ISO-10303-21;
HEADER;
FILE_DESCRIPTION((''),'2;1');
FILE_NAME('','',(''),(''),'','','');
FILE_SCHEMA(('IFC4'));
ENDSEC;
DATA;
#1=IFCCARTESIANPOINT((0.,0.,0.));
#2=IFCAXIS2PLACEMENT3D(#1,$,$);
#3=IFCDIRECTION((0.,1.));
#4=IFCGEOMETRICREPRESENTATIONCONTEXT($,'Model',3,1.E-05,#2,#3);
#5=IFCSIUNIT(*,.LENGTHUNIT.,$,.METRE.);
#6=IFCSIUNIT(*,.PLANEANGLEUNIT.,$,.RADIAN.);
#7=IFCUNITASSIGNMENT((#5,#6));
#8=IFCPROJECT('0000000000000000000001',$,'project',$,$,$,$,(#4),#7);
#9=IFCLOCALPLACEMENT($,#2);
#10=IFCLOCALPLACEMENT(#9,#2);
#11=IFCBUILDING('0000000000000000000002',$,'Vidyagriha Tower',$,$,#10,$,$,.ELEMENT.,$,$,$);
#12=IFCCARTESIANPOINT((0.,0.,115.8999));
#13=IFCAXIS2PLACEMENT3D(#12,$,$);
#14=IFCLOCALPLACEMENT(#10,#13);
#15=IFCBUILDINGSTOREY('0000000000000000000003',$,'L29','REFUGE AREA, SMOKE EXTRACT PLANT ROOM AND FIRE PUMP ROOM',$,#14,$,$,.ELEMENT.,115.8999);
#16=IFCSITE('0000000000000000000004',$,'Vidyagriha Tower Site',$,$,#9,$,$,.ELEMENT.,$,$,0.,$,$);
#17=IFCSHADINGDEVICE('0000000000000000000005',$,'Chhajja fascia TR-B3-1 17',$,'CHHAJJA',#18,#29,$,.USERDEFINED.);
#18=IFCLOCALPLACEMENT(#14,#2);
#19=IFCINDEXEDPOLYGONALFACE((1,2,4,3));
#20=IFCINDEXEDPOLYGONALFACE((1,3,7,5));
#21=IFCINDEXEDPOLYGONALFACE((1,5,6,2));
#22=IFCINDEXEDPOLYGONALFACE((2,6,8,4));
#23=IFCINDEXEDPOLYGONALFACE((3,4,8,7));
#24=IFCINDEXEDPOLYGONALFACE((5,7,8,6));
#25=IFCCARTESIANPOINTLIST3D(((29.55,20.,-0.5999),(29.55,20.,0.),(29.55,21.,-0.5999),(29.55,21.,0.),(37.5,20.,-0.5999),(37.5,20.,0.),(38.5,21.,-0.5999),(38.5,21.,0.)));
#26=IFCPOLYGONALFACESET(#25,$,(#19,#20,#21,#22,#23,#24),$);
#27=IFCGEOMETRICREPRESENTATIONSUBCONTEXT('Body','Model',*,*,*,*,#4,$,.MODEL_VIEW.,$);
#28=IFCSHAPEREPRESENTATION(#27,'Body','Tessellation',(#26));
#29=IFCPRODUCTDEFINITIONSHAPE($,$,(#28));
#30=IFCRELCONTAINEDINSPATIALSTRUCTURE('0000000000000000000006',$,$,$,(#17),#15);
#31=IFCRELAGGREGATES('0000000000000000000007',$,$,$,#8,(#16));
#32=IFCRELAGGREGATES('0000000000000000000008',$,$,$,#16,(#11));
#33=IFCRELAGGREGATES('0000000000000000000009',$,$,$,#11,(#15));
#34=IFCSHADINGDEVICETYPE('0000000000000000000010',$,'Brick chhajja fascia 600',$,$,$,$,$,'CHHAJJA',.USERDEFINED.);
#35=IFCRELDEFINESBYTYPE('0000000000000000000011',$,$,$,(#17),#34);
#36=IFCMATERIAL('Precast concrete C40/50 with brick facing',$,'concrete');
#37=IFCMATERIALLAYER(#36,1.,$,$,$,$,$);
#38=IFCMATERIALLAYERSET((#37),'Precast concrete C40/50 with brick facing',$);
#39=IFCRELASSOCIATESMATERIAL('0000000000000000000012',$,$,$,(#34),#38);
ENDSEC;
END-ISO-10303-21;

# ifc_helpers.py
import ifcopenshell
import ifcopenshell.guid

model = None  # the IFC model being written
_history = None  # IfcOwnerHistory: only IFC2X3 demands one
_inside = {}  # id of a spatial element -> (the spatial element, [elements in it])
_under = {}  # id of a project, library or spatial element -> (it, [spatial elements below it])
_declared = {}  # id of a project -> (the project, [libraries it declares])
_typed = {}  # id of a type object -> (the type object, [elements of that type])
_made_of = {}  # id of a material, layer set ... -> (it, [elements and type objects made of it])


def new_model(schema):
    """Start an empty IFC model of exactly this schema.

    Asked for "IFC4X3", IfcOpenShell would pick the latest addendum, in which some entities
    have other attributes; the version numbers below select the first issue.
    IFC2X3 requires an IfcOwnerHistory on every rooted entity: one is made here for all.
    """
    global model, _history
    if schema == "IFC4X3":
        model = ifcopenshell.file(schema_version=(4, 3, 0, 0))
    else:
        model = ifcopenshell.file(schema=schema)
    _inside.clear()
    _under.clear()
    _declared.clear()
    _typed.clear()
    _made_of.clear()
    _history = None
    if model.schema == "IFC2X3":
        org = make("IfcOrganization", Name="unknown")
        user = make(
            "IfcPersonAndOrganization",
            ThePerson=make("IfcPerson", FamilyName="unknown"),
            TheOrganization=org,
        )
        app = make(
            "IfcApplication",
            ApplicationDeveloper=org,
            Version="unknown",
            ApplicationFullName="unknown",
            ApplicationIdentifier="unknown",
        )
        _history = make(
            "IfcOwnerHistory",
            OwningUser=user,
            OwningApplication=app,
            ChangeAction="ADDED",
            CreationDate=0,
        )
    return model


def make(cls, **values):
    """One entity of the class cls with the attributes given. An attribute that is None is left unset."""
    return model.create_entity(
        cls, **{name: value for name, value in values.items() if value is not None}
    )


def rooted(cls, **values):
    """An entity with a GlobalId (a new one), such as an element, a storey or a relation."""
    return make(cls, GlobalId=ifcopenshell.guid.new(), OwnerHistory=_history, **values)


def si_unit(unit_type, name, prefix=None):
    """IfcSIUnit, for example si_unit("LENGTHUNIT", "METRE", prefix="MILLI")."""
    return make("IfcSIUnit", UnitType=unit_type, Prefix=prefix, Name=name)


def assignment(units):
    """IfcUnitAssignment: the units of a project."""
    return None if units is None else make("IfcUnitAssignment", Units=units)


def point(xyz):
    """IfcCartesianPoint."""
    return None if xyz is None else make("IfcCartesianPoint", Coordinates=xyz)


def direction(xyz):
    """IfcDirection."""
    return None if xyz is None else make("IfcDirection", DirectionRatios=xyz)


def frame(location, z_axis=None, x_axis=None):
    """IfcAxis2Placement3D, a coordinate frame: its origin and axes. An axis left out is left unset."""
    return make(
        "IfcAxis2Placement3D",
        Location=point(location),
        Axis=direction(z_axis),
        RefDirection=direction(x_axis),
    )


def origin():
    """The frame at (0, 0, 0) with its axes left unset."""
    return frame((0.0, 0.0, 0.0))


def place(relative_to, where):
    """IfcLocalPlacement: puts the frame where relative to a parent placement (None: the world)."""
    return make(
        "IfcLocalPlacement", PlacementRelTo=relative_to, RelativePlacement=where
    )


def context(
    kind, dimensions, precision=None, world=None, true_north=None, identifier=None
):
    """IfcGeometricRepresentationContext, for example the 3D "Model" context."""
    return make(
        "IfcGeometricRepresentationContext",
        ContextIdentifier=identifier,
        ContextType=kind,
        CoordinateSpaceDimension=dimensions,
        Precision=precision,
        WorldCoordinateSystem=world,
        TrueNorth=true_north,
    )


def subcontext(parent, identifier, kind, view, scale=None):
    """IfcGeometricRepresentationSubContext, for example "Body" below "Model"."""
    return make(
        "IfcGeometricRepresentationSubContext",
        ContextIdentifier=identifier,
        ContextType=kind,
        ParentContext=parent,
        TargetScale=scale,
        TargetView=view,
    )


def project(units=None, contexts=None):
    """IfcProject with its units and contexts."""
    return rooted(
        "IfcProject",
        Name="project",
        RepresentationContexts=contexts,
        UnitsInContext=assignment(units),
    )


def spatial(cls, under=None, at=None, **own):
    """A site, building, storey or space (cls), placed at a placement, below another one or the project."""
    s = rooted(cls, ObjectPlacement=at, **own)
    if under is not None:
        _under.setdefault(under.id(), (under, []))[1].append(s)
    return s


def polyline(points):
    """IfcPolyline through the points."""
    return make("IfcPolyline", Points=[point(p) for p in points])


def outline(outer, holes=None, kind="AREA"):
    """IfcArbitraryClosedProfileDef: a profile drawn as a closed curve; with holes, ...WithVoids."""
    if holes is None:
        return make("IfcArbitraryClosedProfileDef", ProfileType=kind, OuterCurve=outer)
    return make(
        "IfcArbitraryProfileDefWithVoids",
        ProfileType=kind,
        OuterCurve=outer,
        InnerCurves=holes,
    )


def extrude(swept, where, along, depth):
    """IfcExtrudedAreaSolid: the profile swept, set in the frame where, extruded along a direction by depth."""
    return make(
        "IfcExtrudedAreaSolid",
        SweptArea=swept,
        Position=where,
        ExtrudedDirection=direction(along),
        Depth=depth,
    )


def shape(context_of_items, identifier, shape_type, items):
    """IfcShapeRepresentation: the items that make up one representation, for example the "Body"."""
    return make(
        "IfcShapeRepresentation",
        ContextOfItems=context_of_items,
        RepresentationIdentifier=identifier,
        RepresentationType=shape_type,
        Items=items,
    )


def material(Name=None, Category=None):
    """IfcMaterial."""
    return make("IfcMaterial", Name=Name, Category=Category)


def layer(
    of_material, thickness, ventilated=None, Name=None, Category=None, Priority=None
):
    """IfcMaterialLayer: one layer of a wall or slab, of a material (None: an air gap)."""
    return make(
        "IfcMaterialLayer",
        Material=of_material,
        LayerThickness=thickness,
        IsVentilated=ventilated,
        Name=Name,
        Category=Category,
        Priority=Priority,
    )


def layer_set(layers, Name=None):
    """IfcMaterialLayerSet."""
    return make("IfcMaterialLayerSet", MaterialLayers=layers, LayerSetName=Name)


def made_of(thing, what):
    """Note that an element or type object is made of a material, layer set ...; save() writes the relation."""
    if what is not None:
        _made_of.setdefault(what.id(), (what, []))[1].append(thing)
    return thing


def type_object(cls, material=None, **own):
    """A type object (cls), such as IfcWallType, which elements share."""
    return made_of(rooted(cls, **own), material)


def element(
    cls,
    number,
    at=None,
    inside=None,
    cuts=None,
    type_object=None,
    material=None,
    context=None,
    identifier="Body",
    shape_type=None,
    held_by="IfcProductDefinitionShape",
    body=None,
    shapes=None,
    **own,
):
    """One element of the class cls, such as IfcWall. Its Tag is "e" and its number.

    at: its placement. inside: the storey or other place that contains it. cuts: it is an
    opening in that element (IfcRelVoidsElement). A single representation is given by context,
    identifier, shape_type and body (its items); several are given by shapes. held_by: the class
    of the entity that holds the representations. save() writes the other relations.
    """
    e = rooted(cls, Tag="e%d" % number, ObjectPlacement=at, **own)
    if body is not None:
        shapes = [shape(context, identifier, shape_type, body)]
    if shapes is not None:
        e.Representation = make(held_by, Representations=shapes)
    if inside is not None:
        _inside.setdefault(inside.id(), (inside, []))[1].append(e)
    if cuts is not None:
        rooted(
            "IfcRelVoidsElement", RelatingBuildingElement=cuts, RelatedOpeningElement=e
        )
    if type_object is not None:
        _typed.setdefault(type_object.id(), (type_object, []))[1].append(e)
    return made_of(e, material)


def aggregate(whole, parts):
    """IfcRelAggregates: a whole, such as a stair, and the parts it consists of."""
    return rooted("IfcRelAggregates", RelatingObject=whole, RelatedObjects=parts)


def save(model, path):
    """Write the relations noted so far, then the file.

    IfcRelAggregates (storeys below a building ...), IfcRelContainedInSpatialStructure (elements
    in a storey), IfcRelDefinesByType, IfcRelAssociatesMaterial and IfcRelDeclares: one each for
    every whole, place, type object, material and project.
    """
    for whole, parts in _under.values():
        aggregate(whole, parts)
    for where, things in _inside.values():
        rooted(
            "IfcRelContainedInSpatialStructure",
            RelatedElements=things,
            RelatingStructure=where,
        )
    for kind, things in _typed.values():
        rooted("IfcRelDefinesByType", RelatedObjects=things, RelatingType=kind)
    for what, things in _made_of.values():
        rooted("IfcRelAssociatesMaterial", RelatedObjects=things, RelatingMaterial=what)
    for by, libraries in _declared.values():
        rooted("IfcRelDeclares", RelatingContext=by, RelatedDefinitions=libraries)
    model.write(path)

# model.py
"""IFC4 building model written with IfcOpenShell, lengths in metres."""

from ifc_helpers import new_model, si_unit, direction, frame, origin, place, context, subcontext, project, spatial, polyline, outline, extrude, material, layer, layer_set, type_object, element, save


model = new_model("IFC4")

# Units and contexts
model_context = context("Model", 3, precision=1e-05, world=origin(), true_north=direction((0.0, 1.0)))
body_context = subcontext(model_context, "Body", "Model", "MODEL_VIEW")
ifc_project = project(units=[si_unit("LENGTHUNIT", "METRE"), si_unit("PLANEANGLEUNIT", "RADIAN")], contexts=[model_context])

# Site, building, storey
site_placement = place(None, origin())
site = spatial("IfcSite", under=ifc_project, at=site_placement, Name="Vidyagriha Tower Site", CompositionType="ELEMENT", RefElevation=0.0)
building_placement = place(site_placement, origin())
building = spatial("IfcBuilding", under=site, at=building_placement, Name="Vidyagriha Tower", CompositionType="ELEMENT")
storey_placement = place(building_placement, frame((0.0, 0.0, 115.8999)))
storey = spatial("IfcBuildingStorey", under=building, at=storey_placement, Name="L29", Description="REFUGE AREA, SMOKE EXTRACT PLANT ROOM AND FIRE PUMP ROOM", CompositionType="ELEMENT", Elevation=115.8999)

# Shading device
ifc_material_1 = material(Name="Precast concrete C40/50 with brick facing", Category="concrete")
ifc_layer_1 = layer(ifc_material_1, 1.0)
ifc_layer_set_1 = layer_set([ifc_layer_1], Name="Precast concrete C40/50 with brick facing")
shading_device_type = type_object("IfcShadingDeviceType", Name="Brick chhajja fascia 600", ElementType="CHHAJJA", PredefinedType="USERDEFINED", material=ifc_layer_set_1)
shading_device_1_placement = place(storey_placement, frame((0.0, 0.0, -0.5999)))
element("IfcShadingDevice", 1, at=shading_device_1_placement, inside=storey, type_object=shading_device_type, Name="Chhajja fascia TR-B3-1 17", ObjectType="CHHAJJA", PredefinedType="USERDEFINED", context=body_context, shape_type="SweptSolid", body=[
    extrude(outline(polyline([(37.5, 20.0), (38.5, 21.0), (29.55, 21.0), (29.55, 20.0), (37.5, 20.0)])), origin(), (0.0, 0.0, 1.0), 0.5999),
])

save(model, "model.ifc")
